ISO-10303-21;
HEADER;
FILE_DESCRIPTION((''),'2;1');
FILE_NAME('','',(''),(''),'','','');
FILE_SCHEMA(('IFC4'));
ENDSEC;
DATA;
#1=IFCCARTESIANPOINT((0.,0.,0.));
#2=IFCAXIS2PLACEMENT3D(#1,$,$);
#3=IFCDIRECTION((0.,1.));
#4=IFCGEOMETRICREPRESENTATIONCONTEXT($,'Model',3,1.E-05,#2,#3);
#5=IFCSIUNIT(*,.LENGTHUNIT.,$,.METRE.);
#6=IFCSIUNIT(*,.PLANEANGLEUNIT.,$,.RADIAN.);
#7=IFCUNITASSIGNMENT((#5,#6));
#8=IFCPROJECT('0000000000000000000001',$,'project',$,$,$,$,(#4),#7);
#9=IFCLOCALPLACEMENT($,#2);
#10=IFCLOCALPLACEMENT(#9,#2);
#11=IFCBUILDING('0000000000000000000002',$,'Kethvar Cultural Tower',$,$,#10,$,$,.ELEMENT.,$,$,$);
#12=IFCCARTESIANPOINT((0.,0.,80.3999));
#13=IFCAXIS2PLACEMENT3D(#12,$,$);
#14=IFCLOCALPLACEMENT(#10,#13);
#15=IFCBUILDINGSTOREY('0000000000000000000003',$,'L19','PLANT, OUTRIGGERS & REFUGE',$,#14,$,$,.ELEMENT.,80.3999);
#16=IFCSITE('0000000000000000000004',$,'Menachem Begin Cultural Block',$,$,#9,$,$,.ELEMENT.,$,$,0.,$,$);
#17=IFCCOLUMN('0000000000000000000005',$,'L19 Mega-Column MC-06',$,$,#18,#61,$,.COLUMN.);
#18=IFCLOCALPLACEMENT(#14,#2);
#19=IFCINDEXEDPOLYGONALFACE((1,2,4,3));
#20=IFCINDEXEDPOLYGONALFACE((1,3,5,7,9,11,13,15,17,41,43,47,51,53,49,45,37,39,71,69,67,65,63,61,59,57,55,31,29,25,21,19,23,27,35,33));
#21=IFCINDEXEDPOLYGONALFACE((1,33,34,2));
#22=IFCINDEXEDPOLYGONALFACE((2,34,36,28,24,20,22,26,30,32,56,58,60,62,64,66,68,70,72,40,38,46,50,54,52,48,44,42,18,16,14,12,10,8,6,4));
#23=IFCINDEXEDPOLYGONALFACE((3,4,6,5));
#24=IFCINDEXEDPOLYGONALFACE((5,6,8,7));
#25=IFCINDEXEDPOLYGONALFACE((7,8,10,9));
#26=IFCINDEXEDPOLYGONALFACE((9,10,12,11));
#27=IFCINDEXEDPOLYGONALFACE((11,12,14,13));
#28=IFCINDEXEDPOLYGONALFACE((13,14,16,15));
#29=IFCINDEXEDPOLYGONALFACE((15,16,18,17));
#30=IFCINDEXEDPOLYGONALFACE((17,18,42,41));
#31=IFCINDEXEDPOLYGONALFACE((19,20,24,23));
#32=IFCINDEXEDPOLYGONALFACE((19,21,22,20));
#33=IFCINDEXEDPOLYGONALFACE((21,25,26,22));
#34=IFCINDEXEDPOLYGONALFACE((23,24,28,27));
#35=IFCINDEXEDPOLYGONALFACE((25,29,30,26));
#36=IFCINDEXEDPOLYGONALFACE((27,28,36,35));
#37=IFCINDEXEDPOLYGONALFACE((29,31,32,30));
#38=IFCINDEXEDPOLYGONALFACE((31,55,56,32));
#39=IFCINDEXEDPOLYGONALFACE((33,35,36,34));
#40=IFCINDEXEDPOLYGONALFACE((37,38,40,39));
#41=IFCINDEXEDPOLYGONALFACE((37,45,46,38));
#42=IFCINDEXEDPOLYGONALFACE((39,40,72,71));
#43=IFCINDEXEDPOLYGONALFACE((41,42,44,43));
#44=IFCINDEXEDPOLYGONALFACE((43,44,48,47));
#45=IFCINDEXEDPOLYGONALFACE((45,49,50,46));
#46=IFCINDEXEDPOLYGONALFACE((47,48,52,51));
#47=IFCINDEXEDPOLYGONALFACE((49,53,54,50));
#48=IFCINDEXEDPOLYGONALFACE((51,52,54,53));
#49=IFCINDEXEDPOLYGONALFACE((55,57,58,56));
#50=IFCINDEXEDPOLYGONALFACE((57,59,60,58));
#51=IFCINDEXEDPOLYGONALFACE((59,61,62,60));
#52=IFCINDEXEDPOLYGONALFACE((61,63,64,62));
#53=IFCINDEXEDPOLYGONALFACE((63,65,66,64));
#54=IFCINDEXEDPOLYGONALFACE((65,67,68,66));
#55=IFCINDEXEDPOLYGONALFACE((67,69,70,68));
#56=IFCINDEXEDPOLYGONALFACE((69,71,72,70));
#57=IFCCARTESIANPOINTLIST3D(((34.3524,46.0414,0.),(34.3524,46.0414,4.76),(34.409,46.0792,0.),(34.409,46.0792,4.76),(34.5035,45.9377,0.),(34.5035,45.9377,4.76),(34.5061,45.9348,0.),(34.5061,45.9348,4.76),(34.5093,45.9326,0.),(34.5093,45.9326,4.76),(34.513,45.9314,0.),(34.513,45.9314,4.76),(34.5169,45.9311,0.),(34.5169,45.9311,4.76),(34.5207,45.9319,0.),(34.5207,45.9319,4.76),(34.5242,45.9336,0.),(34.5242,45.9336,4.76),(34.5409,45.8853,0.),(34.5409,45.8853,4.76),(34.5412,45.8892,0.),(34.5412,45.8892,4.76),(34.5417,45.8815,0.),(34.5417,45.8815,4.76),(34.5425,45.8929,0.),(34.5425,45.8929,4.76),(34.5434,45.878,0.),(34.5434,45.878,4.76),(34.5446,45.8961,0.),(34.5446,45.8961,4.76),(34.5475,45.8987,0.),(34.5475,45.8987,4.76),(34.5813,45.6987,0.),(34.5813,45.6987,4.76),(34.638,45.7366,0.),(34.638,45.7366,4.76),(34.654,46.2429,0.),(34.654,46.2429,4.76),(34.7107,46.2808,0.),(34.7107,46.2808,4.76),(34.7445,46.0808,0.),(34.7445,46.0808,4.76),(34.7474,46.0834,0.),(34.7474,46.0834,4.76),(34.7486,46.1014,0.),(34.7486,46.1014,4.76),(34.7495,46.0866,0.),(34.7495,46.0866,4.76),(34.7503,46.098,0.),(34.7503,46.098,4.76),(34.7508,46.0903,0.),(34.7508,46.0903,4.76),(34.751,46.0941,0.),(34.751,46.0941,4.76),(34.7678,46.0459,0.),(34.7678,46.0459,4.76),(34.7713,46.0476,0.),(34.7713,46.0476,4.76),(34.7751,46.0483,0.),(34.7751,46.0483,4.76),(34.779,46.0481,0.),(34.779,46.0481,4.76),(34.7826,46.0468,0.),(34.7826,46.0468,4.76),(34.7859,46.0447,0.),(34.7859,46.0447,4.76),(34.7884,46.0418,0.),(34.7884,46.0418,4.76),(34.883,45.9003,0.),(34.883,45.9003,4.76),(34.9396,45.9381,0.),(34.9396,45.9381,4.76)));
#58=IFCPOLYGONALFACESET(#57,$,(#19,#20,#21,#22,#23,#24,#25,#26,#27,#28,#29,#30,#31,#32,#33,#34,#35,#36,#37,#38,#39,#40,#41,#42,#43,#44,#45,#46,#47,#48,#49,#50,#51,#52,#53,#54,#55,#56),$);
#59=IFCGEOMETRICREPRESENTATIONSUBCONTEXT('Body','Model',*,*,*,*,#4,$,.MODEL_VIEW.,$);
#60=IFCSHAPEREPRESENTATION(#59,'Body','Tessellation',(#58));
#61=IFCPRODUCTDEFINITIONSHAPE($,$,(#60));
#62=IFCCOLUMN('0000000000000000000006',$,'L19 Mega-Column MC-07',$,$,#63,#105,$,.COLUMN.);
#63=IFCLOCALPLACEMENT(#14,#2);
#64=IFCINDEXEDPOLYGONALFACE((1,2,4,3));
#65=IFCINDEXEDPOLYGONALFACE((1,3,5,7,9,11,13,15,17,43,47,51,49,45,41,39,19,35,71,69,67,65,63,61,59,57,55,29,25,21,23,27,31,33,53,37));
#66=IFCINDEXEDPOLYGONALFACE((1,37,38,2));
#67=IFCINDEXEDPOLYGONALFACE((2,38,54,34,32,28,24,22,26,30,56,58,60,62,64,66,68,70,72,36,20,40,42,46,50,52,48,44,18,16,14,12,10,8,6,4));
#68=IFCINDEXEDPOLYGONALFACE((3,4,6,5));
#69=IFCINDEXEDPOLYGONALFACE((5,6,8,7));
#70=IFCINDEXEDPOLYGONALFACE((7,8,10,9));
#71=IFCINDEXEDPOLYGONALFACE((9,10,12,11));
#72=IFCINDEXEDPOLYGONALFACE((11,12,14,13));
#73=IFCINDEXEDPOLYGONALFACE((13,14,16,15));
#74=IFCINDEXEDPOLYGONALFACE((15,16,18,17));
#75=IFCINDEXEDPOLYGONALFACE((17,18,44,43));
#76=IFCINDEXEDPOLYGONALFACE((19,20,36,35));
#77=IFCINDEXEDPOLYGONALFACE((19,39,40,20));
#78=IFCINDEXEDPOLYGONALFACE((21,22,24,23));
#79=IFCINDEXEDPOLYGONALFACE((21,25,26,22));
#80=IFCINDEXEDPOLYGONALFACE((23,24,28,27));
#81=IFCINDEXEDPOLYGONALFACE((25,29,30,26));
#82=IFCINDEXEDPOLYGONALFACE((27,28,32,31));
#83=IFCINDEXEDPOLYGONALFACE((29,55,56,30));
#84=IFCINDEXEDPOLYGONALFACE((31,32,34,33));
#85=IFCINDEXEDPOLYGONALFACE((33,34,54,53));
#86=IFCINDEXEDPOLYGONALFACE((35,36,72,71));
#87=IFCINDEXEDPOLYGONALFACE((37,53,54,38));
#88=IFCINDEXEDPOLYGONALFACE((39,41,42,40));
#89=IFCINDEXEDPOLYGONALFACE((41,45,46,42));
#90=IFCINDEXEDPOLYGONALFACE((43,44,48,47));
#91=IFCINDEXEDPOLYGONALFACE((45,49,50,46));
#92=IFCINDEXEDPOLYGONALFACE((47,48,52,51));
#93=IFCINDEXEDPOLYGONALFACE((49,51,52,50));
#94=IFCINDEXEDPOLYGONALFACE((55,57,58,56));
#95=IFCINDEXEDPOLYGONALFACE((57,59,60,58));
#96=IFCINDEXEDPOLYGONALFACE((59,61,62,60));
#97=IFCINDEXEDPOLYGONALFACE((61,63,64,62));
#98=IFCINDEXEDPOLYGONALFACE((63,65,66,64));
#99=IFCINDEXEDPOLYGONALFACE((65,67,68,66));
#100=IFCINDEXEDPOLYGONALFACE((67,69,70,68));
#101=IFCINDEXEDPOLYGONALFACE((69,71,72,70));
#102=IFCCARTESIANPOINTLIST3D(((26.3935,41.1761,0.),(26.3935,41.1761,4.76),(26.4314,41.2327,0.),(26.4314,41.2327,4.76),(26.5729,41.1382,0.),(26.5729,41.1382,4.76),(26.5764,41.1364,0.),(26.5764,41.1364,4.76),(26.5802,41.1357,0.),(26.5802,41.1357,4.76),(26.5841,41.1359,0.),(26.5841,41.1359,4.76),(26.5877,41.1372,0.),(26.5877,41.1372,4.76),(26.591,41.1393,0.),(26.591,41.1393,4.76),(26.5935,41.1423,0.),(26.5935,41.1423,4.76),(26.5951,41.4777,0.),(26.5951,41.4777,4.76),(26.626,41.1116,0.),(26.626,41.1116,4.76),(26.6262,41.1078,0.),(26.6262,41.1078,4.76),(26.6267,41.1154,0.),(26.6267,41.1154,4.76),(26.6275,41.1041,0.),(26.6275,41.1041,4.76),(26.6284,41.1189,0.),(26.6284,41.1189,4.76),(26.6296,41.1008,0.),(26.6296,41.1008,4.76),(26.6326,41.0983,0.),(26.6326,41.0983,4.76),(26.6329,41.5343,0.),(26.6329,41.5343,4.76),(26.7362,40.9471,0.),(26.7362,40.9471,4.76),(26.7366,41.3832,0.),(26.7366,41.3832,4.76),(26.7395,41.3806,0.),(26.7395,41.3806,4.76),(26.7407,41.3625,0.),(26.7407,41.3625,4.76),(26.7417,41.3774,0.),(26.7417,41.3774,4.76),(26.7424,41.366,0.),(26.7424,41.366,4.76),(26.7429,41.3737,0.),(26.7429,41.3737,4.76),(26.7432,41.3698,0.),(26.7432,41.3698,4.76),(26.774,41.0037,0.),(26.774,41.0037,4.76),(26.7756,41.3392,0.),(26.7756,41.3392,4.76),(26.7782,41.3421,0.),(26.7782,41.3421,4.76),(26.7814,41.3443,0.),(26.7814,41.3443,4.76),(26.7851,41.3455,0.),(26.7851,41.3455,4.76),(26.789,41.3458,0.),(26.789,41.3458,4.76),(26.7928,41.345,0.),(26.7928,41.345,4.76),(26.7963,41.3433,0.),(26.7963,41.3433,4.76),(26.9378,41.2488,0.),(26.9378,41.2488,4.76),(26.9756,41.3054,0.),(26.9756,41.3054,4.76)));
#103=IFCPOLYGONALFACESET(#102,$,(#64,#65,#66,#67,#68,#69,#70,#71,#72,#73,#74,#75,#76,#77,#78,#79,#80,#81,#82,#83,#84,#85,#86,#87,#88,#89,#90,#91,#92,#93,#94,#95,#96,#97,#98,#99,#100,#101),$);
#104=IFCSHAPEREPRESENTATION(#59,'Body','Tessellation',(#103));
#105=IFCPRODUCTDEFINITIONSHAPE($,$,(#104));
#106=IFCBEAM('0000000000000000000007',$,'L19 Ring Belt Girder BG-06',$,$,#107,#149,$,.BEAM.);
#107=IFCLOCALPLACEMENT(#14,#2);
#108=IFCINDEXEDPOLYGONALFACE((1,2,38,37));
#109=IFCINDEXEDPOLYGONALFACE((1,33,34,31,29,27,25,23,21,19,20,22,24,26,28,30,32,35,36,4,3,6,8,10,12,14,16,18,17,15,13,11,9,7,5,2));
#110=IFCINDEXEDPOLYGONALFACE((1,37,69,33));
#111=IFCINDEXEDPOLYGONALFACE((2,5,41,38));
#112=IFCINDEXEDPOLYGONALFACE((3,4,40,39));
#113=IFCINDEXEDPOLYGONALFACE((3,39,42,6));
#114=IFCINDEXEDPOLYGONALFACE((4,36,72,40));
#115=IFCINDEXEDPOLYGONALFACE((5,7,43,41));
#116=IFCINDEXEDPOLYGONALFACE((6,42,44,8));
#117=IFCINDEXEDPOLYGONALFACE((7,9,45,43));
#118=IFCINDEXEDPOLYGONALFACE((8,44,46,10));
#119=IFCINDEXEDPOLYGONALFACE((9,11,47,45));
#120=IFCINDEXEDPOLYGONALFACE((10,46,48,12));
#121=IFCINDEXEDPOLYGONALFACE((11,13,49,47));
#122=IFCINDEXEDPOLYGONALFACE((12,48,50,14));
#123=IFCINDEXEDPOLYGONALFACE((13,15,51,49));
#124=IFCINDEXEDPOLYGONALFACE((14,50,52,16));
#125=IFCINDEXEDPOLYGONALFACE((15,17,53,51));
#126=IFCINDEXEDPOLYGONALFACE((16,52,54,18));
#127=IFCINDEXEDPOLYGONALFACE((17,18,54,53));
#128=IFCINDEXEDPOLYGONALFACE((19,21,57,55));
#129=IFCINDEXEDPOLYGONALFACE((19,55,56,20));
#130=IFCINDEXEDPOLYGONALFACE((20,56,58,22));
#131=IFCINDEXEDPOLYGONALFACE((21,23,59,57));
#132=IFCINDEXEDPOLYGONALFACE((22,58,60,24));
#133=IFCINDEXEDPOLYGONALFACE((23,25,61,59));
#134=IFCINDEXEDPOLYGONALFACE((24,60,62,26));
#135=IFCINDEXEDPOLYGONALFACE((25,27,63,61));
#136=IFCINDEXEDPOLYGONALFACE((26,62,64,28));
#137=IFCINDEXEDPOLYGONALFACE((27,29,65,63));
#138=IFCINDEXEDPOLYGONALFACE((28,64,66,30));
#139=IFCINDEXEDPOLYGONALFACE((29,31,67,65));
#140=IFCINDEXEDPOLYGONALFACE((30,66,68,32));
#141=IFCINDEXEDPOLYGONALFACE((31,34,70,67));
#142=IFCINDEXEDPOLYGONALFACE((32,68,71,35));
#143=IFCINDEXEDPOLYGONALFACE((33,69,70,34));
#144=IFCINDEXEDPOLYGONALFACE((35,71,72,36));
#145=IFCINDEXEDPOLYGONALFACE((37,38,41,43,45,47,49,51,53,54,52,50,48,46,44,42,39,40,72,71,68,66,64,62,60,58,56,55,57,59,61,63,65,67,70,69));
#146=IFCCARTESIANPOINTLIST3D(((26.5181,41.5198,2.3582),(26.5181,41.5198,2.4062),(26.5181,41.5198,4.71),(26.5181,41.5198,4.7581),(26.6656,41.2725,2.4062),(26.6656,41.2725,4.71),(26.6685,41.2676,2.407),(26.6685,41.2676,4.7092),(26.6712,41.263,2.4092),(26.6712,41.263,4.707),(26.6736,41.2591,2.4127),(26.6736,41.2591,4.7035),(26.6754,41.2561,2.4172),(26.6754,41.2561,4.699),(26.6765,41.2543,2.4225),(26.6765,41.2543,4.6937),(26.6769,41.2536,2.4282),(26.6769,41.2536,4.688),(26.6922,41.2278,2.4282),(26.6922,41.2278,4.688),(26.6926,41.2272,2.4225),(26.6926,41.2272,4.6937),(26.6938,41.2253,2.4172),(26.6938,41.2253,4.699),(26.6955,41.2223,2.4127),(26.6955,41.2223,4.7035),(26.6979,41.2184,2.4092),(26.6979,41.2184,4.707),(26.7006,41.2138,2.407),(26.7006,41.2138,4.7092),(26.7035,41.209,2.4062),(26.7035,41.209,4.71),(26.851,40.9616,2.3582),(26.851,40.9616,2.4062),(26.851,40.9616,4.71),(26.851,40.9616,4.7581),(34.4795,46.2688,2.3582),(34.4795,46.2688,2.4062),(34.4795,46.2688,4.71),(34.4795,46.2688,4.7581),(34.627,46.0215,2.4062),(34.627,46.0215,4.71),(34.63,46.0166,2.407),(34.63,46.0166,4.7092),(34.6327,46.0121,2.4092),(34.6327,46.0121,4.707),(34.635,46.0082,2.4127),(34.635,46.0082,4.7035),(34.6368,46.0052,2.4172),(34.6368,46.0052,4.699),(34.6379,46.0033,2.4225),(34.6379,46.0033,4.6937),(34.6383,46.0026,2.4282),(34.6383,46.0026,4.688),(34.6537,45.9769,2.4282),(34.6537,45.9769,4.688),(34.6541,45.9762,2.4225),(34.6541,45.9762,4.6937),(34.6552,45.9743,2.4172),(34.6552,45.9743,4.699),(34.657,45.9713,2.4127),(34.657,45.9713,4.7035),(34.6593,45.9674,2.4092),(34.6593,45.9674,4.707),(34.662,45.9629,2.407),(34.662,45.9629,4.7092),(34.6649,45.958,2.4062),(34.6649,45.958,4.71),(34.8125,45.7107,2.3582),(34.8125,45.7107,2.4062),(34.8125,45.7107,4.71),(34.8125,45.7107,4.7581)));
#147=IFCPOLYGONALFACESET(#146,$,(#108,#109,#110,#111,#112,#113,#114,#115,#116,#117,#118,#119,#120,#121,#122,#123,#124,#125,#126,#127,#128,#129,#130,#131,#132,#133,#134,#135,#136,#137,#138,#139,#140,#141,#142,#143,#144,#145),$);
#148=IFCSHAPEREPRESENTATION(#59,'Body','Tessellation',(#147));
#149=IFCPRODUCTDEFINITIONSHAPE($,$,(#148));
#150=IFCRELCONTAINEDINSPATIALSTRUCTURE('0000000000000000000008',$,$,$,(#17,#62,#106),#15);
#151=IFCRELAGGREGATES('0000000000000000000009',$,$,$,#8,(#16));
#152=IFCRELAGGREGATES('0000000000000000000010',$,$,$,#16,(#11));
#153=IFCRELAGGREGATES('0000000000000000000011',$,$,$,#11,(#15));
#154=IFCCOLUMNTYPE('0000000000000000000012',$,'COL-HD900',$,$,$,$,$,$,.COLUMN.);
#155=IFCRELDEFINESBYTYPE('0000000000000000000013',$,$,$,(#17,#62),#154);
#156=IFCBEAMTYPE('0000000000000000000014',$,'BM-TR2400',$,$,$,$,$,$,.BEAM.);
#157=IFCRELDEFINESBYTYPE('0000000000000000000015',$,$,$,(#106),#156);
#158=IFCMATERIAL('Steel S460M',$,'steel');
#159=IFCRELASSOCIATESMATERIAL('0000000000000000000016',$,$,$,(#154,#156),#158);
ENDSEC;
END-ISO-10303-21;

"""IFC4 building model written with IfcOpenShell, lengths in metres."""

from ifc_helpers import new_model, si_unit, direction, frame, origin, origin_2d, place, context, subcontext, project, spatial, i_section, extrude, source, transform, mapped, material, material_profile, profile_set, type_object, element, save


model = new_model("IFC4")

# Units and contexts
model_context = context("Model", 3, precision=1e-05, world=origin(), true_north=direction((0.0, 1.0)))
body_context = subcontext(model_context, "Body", "Model", "MODEL_VIEW")
ifc_project = project(units=[si_unit("LENGTHUNIT", "METRE"), si_unit("PLANEANGLEUNIT", "RADIAN")], contexts=[model_context])

# Site, building, storey
site_placement = place(None, origin())
site = spatial("IfcSite", under=ifc_project, at=site_placement, Name="Menachem Begin Cultural Block", CompositionType="ELEMENT", RefElevation=0.0)
building_placement = place(site_placement, origin())
building = spatial("IfcBuilding", under=site, at=building_placement, Name="Kethvar Cultural Tower", CompositionType="ELEMENT")
storey_placement = place(building_placement, frame((0.0, 0.0, 80.3999)))
storey = spatial("IfcBuildingStorey", under=building, at=storey_placement, Name="L19", Description="PLANT, OUTRIGGERS & REFUGE", CompositionType="ELEMENT", Elevation=80.3999)

# Columns
ifc_material_1 = material(Name="Steel S460M", Category="steel")
ifc_material_profile_1 = material_profile(ifc_material_1, i_section(OverallWidth=0.4121, OverallDepth=0.4309, WebThickness=0.042, FlangeThickness=0.0681, FilletRadius=0.0149, at=origin_2d()), Name="Steel S460M — HD400x900")
ifc_profile_set_1 = profile_set([ifc_material_profile_1], Name="Steel S460M — HD400x900")
column_type = type_object("IfcColumnType", Name="COL-HD900", PredefinedType="COLUMN", material=ifc_profile_set_1)
shared_shape_1 = source(origin(), body_context, "Body", "SweptSolid", [
    extrude(i_section(OverallWidth=0.4121, OverallDepth=0.4309, WebThickness=0.042, FlangeThickness=0.0681, FilletRadius=0.0149, at=origin_2d()), origin(), (0.0, 0.0, 1.0), 4.76),
])
for number, where, z_axis, x_axis, name in (
    (1, (34.646, 45.9897, 0.0), (0.0, 0.0, 1.0), (-0.55557, 0.83147, 0.0), "L19 Mega-Column MC-06"),
    (2, (26.6846, 41.2407, 0.0), (0.0, 0.0, 1.0), (-0.83147, 0.55557, 0.0), "L19 Mega-Column MC-07"),
):
    element("IfcColumn", number, at=place(storey_placement, frame(where, z_axis=z_axis, x_axis=x_axis)), inside=storey, type_object=column_type, Name=name, PredefinedType="COLUMN", context=body_context, shape_type="MappedRepresentation", body=[
        mapped(shared_shape_1, transform((0.0, 0.0, 0.0), scale=1.0)),
    ])

# Beam
ifc_material_profile_2 = material_profile(ifc_material_1, i_section(OverallWidth=0.6499, OverallDepth=2.3999, WebThickness=0.03, FlangeThickness=0.0481, FilletRadius=0.022, at=origin_2d()), Name="Steel S460M — PG2400x650x48x30")
ifc_profile_set_2 = profile_set([ifc_material_profile_2], Name="Steel S460M — PG2400x650x48x30")
beam_type = type_object("IfcBeamType", Name="BM-TR2400", PredefinedType="BEAM", material=ifc_profile_set_2)
shared_shape_2 = source(origin(), body_context, "Body", "SweptSolid", [
    extrude(i_section(OverallWidth=0.6499, OverallDepth=2.3999, WebThickness=0.03, FlangeThickness=0.0481, FilletRadius=0.022, at=origin_2d()), origin(), (0.0, 0.0, 1.0), 9.2703),
])
beam_1_placement = place(storey_placement, frame((34.646, 45.9897, 3.5581), z_axis=(-0.858815, -0.512286, 0.0), x_axis=(0.512286, -0.858815, 0.0)))
element("IfcBeam", 3, at=beam_1_placement, inside=storey, type_object=beam_type, Name="L19 Ring Belt Girder BG-06", PredefinedType="BEAM", context=body_context, shape_type="MappedRepresentation", body=[
    mapped(shared_shape_2, transform((0.0, 0.0, 0.0), scale=1.0)),
])

save(model, "model.ifc")
